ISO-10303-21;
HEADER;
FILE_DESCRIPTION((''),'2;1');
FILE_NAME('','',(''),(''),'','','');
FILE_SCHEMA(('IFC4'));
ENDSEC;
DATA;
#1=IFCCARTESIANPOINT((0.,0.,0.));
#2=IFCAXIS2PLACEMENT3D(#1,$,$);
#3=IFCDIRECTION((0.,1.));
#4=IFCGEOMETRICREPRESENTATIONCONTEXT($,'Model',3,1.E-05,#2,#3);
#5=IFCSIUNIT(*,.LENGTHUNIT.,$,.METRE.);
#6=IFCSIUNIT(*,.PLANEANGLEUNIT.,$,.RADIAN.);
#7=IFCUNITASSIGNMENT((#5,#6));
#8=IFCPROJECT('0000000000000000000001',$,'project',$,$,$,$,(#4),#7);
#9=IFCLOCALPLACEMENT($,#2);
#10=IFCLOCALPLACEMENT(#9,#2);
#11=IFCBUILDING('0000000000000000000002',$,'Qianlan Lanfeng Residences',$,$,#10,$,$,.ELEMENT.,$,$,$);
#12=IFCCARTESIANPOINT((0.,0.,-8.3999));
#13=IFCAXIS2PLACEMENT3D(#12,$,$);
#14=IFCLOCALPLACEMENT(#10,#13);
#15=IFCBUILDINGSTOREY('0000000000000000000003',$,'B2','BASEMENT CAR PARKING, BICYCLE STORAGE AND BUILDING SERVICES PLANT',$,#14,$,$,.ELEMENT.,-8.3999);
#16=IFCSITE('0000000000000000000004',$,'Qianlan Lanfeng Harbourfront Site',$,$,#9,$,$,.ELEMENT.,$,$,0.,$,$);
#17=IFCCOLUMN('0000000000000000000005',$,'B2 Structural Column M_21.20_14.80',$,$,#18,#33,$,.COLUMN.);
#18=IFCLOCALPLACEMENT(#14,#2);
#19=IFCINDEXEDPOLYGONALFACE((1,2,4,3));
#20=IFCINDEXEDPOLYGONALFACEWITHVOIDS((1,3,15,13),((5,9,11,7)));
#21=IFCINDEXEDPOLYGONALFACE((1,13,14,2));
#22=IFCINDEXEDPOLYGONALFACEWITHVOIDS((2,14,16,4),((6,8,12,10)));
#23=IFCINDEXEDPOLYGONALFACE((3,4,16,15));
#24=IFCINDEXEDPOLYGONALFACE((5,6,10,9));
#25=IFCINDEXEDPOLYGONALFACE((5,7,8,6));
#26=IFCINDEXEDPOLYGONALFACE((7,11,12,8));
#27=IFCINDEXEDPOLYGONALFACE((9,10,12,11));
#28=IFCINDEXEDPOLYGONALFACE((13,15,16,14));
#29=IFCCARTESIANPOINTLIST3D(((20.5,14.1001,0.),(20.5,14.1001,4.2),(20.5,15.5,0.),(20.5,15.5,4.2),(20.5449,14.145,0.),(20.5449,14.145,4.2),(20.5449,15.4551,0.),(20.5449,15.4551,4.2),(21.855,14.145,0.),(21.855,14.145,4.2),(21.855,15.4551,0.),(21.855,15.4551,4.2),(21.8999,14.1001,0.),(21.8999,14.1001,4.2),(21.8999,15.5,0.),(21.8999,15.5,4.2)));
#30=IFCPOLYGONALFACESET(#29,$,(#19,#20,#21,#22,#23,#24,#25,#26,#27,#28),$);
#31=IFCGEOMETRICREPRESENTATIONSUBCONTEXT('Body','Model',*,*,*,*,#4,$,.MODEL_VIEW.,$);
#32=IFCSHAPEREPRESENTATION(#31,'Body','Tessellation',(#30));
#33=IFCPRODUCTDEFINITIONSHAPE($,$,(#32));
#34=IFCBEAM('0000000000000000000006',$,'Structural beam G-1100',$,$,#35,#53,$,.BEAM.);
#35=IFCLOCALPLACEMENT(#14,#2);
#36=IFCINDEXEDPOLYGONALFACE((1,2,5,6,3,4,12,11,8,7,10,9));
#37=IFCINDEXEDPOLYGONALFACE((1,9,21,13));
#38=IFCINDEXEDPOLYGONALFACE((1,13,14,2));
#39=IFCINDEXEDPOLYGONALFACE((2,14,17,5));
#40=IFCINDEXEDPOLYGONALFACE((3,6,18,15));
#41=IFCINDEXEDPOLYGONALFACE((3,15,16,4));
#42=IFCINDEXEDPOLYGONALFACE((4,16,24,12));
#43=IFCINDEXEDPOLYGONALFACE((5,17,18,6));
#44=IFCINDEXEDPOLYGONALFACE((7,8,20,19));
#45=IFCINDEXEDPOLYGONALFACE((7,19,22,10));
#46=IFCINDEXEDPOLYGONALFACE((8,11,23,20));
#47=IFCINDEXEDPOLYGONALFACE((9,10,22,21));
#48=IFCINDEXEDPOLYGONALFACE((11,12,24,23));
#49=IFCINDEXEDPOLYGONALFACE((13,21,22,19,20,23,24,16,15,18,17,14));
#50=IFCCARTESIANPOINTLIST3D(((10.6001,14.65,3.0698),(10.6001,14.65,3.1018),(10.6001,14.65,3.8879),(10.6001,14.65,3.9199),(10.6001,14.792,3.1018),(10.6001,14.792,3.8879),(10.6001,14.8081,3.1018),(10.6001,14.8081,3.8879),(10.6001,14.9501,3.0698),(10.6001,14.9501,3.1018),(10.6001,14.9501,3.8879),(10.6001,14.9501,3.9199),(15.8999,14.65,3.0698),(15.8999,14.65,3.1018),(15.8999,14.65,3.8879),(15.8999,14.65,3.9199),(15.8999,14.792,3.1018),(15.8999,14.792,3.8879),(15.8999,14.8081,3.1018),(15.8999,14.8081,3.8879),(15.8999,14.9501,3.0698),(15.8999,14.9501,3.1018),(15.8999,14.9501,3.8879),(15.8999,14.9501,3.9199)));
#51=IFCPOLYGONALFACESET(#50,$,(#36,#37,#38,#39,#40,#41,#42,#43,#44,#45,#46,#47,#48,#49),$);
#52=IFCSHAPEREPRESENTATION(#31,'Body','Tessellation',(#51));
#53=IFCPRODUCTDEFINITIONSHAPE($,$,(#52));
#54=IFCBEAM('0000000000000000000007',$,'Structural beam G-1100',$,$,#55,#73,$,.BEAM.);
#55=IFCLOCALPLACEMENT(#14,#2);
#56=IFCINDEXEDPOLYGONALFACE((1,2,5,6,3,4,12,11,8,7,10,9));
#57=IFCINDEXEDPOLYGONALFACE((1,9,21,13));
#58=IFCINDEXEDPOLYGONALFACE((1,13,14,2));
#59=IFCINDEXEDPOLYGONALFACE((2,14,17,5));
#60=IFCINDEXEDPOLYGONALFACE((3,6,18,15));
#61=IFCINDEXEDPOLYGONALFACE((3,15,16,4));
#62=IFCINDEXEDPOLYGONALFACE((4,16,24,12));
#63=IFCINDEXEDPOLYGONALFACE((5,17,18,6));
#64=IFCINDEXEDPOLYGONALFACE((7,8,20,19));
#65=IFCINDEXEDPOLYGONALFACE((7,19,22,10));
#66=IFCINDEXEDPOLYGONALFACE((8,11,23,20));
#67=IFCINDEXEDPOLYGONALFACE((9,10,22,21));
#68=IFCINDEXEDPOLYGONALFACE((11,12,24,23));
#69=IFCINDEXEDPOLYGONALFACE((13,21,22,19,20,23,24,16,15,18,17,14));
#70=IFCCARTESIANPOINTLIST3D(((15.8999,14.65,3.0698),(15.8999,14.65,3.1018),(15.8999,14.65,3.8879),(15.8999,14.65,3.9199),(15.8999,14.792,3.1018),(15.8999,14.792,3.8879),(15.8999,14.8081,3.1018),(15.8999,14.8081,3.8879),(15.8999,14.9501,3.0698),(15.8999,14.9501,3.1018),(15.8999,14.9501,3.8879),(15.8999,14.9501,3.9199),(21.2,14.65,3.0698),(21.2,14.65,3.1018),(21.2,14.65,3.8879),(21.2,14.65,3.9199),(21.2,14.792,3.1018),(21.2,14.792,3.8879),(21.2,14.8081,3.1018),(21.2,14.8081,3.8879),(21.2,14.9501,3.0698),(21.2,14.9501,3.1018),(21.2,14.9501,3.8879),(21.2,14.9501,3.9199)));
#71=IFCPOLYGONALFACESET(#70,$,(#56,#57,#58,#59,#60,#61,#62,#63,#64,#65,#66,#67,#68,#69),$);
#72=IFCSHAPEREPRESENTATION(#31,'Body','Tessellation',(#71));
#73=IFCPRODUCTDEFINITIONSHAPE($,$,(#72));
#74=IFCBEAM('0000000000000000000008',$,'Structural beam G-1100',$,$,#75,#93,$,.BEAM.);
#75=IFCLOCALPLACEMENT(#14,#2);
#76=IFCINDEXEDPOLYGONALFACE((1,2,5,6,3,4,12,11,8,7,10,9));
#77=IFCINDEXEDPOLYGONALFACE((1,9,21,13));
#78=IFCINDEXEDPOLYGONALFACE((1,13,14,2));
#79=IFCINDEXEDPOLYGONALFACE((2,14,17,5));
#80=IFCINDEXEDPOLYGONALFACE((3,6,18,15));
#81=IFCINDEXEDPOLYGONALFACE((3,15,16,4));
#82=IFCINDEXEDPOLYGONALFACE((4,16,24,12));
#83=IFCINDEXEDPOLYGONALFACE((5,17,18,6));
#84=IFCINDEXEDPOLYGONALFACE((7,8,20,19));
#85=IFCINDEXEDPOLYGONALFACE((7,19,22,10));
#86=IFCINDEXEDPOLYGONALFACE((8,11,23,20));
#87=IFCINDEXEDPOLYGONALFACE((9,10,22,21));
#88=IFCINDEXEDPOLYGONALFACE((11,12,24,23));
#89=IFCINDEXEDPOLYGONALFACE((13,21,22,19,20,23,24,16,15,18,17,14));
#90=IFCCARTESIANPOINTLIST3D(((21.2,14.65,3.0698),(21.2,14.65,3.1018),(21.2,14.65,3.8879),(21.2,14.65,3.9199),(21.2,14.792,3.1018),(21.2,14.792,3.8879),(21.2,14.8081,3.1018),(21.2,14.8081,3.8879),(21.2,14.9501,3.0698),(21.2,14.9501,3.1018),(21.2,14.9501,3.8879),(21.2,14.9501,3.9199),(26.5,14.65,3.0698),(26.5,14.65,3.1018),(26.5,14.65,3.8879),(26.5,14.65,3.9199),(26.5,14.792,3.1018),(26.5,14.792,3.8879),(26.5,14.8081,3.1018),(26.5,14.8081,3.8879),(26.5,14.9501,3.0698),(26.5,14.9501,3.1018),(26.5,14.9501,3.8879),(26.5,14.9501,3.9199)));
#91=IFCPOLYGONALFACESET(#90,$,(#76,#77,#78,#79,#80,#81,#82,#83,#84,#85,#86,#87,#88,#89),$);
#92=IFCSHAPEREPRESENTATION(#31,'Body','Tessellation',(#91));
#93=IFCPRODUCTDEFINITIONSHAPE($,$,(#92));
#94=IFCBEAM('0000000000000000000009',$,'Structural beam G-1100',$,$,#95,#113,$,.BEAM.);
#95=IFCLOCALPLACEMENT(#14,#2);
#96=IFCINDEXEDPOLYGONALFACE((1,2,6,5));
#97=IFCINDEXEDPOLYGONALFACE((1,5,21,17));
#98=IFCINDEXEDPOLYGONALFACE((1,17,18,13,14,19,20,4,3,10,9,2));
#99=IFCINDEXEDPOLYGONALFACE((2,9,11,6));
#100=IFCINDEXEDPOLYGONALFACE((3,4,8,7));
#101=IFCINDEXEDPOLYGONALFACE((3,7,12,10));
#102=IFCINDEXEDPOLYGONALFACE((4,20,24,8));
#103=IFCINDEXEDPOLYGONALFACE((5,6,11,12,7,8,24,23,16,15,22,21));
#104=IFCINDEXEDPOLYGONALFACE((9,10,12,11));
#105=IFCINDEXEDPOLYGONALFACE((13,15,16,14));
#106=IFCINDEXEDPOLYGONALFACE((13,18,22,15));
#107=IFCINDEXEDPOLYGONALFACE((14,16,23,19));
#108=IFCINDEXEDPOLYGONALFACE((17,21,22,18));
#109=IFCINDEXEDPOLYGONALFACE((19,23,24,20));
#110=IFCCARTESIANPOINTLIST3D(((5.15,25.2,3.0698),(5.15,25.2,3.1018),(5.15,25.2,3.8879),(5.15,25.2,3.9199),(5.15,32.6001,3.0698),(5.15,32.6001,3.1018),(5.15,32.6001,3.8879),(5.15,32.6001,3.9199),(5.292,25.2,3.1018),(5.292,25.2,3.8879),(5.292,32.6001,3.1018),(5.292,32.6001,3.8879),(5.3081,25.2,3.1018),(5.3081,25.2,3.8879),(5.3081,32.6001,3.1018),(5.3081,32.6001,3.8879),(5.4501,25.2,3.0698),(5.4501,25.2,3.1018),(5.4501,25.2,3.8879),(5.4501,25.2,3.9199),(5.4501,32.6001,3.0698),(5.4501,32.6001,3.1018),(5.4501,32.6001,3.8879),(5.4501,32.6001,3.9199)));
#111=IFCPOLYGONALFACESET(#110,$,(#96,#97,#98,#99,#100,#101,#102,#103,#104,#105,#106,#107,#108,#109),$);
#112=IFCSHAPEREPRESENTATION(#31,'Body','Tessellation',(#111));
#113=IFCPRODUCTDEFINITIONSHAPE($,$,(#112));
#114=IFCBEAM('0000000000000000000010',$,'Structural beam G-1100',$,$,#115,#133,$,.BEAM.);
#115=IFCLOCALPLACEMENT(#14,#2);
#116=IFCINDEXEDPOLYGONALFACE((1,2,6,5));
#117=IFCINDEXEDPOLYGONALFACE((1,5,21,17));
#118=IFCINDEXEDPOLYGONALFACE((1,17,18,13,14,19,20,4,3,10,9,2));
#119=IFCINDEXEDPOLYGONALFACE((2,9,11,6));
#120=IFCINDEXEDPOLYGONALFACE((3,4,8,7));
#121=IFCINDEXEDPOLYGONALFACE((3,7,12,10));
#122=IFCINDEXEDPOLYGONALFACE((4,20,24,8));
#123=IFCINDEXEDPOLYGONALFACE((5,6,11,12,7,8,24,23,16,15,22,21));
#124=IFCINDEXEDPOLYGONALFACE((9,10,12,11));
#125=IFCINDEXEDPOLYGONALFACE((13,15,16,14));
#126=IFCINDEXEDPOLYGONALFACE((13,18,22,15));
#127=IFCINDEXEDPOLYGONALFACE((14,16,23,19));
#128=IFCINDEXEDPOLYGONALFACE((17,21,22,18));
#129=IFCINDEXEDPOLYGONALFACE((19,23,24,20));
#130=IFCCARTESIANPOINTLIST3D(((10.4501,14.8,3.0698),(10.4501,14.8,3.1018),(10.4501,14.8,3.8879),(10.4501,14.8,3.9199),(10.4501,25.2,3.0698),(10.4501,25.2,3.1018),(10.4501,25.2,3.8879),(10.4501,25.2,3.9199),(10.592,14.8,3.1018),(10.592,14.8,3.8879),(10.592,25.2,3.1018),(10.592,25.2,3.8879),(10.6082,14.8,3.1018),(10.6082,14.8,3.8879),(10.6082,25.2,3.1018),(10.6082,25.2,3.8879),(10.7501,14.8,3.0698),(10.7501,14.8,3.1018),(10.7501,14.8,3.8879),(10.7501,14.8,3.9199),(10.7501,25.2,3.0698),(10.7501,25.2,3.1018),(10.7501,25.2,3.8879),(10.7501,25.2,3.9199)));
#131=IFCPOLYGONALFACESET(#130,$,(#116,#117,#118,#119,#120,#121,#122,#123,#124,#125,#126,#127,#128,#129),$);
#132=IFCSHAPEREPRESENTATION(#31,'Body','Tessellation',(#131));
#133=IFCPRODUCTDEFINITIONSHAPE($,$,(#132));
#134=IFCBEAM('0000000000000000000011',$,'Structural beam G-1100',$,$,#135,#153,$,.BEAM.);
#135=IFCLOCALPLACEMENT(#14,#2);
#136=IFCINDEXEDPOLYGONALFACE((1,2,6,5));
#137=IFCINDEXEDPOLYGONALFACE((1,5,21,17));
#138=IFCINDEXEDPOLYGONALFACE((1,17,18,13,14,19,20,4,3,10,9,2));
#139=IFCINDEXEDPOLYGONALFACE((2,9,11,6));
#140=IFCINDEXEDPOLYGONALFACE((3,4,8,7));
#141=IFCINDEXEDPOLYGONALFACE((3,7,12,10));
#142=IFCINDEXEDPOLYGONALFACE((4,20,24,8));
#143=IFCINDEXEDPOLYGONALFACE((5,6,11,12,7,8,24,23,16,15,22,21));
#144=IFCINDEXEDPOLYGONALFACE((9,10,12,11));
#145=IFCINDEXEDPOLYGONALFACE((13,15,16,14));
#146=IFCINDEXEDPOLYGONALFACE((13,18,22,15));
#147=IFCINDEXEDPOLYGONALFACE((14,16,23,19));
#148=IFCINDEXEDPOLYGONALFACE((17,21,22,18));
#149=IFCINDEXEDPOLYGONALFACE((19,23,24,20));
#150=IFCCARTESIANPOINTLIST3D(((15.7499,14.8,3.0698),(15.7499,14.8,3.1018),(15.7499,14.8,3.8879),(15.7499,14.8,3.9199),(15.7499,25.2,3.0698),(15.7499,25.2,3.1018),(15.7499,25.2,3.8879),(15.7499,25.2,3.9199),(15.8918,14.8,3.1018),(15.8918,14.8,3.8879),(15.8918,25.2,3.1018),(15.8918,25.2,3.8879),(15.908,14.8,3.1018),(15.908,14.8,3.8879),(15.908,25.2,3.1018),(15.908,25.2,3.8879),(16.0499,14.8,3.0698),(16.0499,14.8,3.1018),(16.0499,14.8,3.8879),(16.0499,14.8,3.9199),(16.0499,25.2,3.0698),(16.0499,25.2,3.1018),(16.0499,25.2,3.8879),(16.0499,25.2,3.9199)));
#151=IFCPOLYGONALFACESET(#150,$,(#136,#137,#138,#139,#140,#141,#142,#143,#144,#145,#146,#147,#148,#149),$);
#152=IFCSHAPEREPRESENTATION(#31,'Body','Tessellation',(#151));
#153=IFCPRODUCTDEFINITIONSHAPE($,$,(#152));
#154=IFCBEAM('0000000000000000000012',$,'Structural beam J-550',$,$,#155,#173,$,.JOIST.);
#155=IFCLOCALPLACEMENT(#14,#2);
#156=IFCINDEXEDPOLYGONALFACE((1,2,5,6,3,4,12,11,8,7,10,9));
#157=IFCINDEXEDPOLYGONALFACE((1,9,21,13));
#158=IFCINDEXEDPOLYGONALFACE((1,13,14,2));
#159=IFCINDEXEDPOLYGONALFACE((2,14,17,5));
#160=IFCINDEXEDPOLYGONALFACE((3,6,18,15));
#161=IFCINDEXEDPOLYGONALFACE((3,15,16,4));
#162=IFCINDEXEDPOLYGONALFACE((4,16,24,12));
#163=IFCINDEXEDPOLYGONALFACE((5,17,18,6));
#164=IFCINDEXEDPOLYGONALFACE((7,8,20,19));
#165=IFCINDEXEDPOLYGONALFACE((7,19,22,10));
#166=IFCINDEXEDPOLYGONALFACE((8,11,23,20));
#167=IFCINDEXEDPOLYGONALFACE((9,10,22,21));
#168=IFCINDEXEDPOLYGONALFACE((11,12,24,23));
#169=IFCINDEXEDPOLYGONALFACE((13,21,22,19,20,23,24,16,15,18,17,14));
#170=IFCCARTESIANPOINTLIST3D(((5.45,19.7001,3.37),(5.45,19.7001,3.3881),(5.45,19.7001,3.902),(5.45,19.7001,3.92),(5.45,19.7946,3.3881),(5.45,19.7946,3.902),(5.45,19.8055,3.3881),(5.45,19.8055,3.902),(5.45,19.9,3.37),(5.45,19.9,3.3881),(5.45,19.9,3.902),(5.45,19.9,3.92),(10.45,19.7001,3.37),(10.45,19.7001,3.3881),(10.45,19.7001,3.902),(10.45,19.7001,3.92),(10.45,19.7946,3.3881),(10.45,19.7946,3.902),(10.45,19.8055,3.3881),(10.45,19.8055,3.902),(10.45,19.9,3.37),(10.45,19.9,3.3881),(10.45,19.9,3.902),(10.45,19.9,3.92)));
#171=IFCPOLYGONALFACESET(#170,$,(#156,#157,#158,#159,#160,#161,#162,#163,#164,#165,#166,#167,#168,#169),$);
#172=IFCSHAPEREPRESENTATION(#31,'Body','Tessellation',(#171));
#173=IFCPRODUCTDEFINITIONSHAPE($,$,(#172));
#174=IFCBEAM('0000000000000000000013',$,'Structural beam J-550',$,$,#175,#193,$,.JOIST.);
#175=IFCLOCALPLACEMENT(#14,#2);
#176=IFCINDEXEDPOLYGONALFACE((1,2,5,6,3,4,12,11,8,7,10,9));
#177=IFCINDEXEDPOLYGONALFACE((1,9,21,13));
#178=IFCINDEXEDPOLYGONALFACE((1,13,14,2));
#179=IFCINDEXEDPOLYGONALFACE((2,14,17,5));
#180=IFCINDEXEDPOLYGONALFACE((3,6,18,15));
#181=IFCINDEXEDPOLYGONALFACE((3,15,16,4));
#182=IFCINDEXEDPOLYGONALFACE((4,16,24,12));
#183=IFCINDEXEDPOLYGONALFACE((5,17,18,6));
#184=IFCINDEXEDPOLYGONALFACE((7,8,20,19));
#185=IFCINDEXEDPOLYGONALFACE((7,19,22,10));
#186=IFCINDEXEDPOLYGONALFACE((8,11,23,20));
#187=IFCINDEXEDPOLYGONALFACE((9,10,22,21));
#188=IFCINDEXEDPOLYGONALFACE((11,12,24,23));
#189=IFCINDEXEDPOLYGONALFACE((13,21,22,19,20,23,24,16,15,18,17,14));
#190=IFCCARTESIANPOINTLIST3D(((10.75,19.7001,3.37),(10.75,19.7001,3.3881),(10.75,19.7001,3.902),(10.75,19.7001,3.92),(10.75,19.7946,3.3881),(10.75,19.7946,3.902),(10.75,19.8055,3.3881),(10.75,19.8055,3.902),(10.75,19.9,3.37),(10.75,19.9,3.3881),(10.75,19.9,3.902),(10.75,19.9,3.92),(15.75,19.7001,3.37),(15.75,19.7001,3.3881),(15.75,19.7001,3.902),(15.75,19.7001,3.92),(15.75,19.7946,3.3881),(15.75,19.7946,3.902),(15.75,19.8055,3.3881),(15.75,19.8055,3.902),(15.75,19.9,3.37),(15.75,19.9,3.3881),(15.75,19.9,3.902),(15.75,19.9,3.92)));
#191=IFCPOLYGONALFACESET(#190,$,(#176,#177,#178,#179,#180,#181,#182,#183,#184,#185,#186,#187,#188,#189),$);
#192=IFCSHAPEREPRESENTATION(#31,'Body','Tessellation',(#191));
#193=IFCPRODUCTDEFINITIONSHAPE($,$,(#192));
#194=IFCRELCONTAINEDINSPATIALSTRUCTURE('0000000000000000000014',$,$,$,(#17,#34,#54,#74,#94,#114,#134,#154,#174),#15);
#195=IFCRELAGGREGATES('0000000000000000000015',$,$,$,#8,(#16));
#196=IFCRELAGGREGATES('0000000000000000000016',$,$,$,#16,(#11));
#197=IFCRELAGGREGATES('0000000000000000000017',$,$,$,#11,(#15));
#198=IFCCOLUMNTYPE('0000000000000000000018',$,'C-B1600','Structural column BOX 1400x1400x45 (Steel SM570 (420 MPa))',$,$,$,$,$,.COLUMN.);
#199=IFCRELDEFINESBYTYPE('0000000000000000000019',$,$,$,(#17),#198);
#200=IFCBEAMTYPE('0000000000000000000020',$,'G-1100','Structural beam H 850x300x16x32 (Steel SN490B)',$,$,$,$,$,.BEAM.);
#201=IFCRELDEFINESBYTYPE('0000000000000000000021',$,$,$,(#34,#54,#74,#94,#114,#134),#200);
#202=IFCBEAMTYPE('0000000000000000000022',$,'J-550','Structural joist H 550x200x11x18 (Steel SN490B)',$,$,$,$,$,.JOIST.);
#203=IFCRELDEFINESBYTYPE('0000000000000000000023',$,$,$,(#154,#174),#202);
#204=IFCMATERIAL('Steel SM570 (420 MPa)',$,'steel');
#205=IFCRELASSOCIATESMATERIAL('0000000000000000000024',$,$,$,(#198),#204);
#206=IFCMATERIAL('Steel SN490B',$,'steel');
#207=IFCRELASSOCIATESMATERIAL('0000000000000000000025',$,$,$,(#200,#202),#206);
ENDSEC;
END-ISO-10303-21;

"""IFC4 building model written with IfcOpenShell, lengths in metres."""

from ifc_helpers import new_model, si_unit, direction, frame, origin, origin_2d, place, context, subcontext, project, spatial, hollow_rectangle, i_section, extrude, material, material_profile, profile_set, type_object, element, save


model = new_model("IFC4")

# Units and contexts
model_context = context("Model", 3, precision=1e-05, world=origin(), true_north=direction((0.0, 1.0)))
body_context = subcontext(model_context, "Body", "Model", "MODEL_VIEW")
ifc_project = project(units=[si_unit("LENGTHUNIT", "METRE"), si_unit("PLANEANGLEUNIT", "RADIAN")], contexts=[model_context])

# Site, building, storey
site_placement = place(None, origin())
site = spatial("IfcSite", under=ifc_project, at=site_placement, Name="Qianlan Lanfeng Harbourfront Site", CompositionType="ELEMENT", RefElevation=0.0)
building_placement = place(site_placement, origin())
building = spatial("IfcBuilding", under=site, at=building_placement, Name="Qianlan Lanfeng Residences", CompositionType="ELEMENT")
storey_placement = place(building_placement, frame((0.0, 0.0, -8.3999)))
storey = spatial("IfcBuildingStorey", under=building, at=storey_placement, Name="B2", Description="BASEMENT CAR PARKING, BICYCLE STORAGE AND BUILDING SERVICES PLANT", CompositionType="ELEMENT", Elevation=-8.3999)

# Column
ifc_material_1 = material(Name="Steel SM570 (420 MPa)", Category="steel")
ifc_material_profile_1 = material_profile(ifc_material_1, hollow_rectangle(XDim=1.3999, YDim=1.3999, WallThickness=0.0449, at=origin_2d()), Name="BOX 1400x1400x45")
ifc_profile_set_1 = profile_set([ifc_material_profile_1], Name="Steel SM570 (420 MPa)")
column_type = type_object("IfcColumnType", Name="C-B1600", Description="Structural column BOX 1400x1400x45 (Steel SM570 (420 MPa))", PredefinedType="COLUMN", material=ifc_profile_set_1)
for number, where, z_axis, x_axis, name in (
    (1, (21.2, 14.8, 0.0), (0.0, 0.0, 1.0), (1.0, 0.0, 0.0), "B2 Structural Column M_21.20_14.80"),
):
    element("IfcColumn", number, at=place(storey_placement, frame(where, z_axis=z_axis, x_axis=x_axis)), inside=storey, type_object=column_type, Name=name, PredefinedType="COLUMN", context=body_context, shape_type="SweptSolid", body=[
        extrude(hollow_rectangle(XDim=1.3999, YDim=1.3999, WallThickness=0.0449, at=origin_2d()), origin(), (0.0, 0.0, 1.0), 4.2),
    ])

# Beams
ifc_material_2 = material(Name="Steel SN490B", Category="steel")
ifc_material_profile_2 = material_profile(ifc_material_2, i_section(OverallWidth=0.3, OverallDepth=0.8501, WebThickness=0.0161, FlangeThickness=0.032, at=origin_2d()), Name="H 850x300x16x32")
ifc_profile_set_2 = profile_set([ifc_material_profile_2], Name="Steel SN490B")
beam_type_1 = type_object("IfcBeamType", Name="G-1100", Description="Structural beam H 850x300x16x32 (Steel SN490B)", PredefinedType="BEAM", material=ifc_profile_set_2)
beam_1_placement = place(storey_placement, frame((10.6001, 14.8, 3.4949), z_axis=(1.0, 0.0, 0.0), x_axis=(0.0, 1.0, 0.0)))
element("IfcBeam", 2, at=beam_1_placement, inside=storey, type_object=beam_type_1, Name="Structural beam G-1100", PredefinedType="BEAM", context=body_context, shape_type="SweptSolid", body=[
    extrude(i_section(OverallWidth=0.3, OverallDepth=0.8501, WebThickness=0.0161, FlangeThickness=0.032, at=origin_2d()), origin(), (0.0, 0.0, 1.0), 5.2998),
])
for number, where, z_axis, x_axis, name in (
    (3, (15.8999, 14.8, 3.4949), (1.0, 0.0, 0.0), (0.0, 1.0, 0.0), "Structural beam G-1100"),
    (4, (21.2, 14.8, 3.4949), (1.0, 0.0, 0.0), (0.0, 1.0, 0.0), "Structural beam G-1100"),
):
    element("IfcBeam", number, at=place(storey_placement, frame(where, z_axis=z_axis, x_axis=x_axis)), inside=storey, type_object=beam_type_1, Name=name, PredefinedType="BEAM", context=body_context, shape_type="SweptSolid", body=[
        extrude(i_section(OverallWidth=0.3, OverallDepth=0.8501, WebThickness=0.0161, FlangeThickness=0.032, at=origin_2d()), origin(), (0.0, 0.0, 1.0), 5.3),
    ])
beam_2_placement = place(storey_placement, frame((5.3, 25.2, 3.4949), z_axis=(0.0, 1.0, 0.0), x_axis=(-1.0, 0.0, 0.0)))
element("IfcBeam", 5, at=beam_2_placement, inside=storey, type_object=beam_type_1, Name="Structural beam G-1100", PredefinedType="BEAM", context=body_context, shape_type="SweptSolid", body=[
    extrude(i_section(OverallWidth=0.3, OverallDepth=0.8501, WebThickness=0.0161, FlangeThickness=0.032, at=origin_2d()), origin(), (0.0, 0.0, 1.0), 7.4001),
])
for number, where, z_axis, x_axis, name in (
    (6, (10.6001, 14.8, 3.4949), (0.0, 1.0, 0.0), (-1.0, 0.0, 0.0), "Structural beam G-1100"),
    (7, (15.8999, 14.8, 3.4949), (0.0, 1.0, 0.0), (-1.0, 0.0, 0.0), "Structural beam G-1100"),
):
    element("IfcBeam", number, at=place(storey_placement, frame(where, z_axis=z_axis, x_axis=x_axis)), inside=storey, type_object=beam_type_1, Name=name, PredefinedType="BEAM", context=body_context, shape_type="SweptSolid", body=[
        extrude(i_section(OverallWidth=0.3, OverallDepth=0.8501, WebThickness=0.0161, FlangeThickness=0.032, at=origin_2d()), origin(), (0.0, 0.0, 1.0), 10.3999),
    ])
ifc_material_profile_3 = material_profile(ifc_material_2, i_section(OverallWidth=0.2, OverallDepth=0.55, WebThickness=0.011, FlangeThickness=0.0181, at=origin_2d()), Name="H 550x200x11x18")
ifc_profile_set_3 = profile_set([ifc_material_profile_3], Name="Steel SN490B")
beam_type_2 = type_object("IfcBeamType", Name="J-550", Description="Structural joist H 550x200x11x18 (Steel SN490B)", PredefinedType="JOIST", material=ifc_profile_set_3)
for number, where, z_axis, x_axis, name in (
    (8, (5.45, 19.8, 3.645), (1.0, 0.0, 0.0), (0.0, 1.0, 0.0), "Structural beam J-550"),
    (9, (10.75, 19.8, 3.645), (1.0, 0.0, 0.0), (0.0, 1.0, 0.0), "Structural beam J-550"),
):
    element("IfcBeam", number, at=place(storey_placement, frame(where, z_axis=z_axis, x_axis=x_axis)), inside=storey, type_object=beam_type_2, Name=name, PredefinedType="JOIST", context=body_context, shape_type="SweptSolid", body=[
        extrude(i_section(OverallWidth=0.2, OverallDepth=0.55, WebThickness=0.011, FlangeThickness=0.0181, at=origin_2d()), origin(), (0.0, 0.0, 1.0), 5.0),
    ])

save(model, "model.ifc")
